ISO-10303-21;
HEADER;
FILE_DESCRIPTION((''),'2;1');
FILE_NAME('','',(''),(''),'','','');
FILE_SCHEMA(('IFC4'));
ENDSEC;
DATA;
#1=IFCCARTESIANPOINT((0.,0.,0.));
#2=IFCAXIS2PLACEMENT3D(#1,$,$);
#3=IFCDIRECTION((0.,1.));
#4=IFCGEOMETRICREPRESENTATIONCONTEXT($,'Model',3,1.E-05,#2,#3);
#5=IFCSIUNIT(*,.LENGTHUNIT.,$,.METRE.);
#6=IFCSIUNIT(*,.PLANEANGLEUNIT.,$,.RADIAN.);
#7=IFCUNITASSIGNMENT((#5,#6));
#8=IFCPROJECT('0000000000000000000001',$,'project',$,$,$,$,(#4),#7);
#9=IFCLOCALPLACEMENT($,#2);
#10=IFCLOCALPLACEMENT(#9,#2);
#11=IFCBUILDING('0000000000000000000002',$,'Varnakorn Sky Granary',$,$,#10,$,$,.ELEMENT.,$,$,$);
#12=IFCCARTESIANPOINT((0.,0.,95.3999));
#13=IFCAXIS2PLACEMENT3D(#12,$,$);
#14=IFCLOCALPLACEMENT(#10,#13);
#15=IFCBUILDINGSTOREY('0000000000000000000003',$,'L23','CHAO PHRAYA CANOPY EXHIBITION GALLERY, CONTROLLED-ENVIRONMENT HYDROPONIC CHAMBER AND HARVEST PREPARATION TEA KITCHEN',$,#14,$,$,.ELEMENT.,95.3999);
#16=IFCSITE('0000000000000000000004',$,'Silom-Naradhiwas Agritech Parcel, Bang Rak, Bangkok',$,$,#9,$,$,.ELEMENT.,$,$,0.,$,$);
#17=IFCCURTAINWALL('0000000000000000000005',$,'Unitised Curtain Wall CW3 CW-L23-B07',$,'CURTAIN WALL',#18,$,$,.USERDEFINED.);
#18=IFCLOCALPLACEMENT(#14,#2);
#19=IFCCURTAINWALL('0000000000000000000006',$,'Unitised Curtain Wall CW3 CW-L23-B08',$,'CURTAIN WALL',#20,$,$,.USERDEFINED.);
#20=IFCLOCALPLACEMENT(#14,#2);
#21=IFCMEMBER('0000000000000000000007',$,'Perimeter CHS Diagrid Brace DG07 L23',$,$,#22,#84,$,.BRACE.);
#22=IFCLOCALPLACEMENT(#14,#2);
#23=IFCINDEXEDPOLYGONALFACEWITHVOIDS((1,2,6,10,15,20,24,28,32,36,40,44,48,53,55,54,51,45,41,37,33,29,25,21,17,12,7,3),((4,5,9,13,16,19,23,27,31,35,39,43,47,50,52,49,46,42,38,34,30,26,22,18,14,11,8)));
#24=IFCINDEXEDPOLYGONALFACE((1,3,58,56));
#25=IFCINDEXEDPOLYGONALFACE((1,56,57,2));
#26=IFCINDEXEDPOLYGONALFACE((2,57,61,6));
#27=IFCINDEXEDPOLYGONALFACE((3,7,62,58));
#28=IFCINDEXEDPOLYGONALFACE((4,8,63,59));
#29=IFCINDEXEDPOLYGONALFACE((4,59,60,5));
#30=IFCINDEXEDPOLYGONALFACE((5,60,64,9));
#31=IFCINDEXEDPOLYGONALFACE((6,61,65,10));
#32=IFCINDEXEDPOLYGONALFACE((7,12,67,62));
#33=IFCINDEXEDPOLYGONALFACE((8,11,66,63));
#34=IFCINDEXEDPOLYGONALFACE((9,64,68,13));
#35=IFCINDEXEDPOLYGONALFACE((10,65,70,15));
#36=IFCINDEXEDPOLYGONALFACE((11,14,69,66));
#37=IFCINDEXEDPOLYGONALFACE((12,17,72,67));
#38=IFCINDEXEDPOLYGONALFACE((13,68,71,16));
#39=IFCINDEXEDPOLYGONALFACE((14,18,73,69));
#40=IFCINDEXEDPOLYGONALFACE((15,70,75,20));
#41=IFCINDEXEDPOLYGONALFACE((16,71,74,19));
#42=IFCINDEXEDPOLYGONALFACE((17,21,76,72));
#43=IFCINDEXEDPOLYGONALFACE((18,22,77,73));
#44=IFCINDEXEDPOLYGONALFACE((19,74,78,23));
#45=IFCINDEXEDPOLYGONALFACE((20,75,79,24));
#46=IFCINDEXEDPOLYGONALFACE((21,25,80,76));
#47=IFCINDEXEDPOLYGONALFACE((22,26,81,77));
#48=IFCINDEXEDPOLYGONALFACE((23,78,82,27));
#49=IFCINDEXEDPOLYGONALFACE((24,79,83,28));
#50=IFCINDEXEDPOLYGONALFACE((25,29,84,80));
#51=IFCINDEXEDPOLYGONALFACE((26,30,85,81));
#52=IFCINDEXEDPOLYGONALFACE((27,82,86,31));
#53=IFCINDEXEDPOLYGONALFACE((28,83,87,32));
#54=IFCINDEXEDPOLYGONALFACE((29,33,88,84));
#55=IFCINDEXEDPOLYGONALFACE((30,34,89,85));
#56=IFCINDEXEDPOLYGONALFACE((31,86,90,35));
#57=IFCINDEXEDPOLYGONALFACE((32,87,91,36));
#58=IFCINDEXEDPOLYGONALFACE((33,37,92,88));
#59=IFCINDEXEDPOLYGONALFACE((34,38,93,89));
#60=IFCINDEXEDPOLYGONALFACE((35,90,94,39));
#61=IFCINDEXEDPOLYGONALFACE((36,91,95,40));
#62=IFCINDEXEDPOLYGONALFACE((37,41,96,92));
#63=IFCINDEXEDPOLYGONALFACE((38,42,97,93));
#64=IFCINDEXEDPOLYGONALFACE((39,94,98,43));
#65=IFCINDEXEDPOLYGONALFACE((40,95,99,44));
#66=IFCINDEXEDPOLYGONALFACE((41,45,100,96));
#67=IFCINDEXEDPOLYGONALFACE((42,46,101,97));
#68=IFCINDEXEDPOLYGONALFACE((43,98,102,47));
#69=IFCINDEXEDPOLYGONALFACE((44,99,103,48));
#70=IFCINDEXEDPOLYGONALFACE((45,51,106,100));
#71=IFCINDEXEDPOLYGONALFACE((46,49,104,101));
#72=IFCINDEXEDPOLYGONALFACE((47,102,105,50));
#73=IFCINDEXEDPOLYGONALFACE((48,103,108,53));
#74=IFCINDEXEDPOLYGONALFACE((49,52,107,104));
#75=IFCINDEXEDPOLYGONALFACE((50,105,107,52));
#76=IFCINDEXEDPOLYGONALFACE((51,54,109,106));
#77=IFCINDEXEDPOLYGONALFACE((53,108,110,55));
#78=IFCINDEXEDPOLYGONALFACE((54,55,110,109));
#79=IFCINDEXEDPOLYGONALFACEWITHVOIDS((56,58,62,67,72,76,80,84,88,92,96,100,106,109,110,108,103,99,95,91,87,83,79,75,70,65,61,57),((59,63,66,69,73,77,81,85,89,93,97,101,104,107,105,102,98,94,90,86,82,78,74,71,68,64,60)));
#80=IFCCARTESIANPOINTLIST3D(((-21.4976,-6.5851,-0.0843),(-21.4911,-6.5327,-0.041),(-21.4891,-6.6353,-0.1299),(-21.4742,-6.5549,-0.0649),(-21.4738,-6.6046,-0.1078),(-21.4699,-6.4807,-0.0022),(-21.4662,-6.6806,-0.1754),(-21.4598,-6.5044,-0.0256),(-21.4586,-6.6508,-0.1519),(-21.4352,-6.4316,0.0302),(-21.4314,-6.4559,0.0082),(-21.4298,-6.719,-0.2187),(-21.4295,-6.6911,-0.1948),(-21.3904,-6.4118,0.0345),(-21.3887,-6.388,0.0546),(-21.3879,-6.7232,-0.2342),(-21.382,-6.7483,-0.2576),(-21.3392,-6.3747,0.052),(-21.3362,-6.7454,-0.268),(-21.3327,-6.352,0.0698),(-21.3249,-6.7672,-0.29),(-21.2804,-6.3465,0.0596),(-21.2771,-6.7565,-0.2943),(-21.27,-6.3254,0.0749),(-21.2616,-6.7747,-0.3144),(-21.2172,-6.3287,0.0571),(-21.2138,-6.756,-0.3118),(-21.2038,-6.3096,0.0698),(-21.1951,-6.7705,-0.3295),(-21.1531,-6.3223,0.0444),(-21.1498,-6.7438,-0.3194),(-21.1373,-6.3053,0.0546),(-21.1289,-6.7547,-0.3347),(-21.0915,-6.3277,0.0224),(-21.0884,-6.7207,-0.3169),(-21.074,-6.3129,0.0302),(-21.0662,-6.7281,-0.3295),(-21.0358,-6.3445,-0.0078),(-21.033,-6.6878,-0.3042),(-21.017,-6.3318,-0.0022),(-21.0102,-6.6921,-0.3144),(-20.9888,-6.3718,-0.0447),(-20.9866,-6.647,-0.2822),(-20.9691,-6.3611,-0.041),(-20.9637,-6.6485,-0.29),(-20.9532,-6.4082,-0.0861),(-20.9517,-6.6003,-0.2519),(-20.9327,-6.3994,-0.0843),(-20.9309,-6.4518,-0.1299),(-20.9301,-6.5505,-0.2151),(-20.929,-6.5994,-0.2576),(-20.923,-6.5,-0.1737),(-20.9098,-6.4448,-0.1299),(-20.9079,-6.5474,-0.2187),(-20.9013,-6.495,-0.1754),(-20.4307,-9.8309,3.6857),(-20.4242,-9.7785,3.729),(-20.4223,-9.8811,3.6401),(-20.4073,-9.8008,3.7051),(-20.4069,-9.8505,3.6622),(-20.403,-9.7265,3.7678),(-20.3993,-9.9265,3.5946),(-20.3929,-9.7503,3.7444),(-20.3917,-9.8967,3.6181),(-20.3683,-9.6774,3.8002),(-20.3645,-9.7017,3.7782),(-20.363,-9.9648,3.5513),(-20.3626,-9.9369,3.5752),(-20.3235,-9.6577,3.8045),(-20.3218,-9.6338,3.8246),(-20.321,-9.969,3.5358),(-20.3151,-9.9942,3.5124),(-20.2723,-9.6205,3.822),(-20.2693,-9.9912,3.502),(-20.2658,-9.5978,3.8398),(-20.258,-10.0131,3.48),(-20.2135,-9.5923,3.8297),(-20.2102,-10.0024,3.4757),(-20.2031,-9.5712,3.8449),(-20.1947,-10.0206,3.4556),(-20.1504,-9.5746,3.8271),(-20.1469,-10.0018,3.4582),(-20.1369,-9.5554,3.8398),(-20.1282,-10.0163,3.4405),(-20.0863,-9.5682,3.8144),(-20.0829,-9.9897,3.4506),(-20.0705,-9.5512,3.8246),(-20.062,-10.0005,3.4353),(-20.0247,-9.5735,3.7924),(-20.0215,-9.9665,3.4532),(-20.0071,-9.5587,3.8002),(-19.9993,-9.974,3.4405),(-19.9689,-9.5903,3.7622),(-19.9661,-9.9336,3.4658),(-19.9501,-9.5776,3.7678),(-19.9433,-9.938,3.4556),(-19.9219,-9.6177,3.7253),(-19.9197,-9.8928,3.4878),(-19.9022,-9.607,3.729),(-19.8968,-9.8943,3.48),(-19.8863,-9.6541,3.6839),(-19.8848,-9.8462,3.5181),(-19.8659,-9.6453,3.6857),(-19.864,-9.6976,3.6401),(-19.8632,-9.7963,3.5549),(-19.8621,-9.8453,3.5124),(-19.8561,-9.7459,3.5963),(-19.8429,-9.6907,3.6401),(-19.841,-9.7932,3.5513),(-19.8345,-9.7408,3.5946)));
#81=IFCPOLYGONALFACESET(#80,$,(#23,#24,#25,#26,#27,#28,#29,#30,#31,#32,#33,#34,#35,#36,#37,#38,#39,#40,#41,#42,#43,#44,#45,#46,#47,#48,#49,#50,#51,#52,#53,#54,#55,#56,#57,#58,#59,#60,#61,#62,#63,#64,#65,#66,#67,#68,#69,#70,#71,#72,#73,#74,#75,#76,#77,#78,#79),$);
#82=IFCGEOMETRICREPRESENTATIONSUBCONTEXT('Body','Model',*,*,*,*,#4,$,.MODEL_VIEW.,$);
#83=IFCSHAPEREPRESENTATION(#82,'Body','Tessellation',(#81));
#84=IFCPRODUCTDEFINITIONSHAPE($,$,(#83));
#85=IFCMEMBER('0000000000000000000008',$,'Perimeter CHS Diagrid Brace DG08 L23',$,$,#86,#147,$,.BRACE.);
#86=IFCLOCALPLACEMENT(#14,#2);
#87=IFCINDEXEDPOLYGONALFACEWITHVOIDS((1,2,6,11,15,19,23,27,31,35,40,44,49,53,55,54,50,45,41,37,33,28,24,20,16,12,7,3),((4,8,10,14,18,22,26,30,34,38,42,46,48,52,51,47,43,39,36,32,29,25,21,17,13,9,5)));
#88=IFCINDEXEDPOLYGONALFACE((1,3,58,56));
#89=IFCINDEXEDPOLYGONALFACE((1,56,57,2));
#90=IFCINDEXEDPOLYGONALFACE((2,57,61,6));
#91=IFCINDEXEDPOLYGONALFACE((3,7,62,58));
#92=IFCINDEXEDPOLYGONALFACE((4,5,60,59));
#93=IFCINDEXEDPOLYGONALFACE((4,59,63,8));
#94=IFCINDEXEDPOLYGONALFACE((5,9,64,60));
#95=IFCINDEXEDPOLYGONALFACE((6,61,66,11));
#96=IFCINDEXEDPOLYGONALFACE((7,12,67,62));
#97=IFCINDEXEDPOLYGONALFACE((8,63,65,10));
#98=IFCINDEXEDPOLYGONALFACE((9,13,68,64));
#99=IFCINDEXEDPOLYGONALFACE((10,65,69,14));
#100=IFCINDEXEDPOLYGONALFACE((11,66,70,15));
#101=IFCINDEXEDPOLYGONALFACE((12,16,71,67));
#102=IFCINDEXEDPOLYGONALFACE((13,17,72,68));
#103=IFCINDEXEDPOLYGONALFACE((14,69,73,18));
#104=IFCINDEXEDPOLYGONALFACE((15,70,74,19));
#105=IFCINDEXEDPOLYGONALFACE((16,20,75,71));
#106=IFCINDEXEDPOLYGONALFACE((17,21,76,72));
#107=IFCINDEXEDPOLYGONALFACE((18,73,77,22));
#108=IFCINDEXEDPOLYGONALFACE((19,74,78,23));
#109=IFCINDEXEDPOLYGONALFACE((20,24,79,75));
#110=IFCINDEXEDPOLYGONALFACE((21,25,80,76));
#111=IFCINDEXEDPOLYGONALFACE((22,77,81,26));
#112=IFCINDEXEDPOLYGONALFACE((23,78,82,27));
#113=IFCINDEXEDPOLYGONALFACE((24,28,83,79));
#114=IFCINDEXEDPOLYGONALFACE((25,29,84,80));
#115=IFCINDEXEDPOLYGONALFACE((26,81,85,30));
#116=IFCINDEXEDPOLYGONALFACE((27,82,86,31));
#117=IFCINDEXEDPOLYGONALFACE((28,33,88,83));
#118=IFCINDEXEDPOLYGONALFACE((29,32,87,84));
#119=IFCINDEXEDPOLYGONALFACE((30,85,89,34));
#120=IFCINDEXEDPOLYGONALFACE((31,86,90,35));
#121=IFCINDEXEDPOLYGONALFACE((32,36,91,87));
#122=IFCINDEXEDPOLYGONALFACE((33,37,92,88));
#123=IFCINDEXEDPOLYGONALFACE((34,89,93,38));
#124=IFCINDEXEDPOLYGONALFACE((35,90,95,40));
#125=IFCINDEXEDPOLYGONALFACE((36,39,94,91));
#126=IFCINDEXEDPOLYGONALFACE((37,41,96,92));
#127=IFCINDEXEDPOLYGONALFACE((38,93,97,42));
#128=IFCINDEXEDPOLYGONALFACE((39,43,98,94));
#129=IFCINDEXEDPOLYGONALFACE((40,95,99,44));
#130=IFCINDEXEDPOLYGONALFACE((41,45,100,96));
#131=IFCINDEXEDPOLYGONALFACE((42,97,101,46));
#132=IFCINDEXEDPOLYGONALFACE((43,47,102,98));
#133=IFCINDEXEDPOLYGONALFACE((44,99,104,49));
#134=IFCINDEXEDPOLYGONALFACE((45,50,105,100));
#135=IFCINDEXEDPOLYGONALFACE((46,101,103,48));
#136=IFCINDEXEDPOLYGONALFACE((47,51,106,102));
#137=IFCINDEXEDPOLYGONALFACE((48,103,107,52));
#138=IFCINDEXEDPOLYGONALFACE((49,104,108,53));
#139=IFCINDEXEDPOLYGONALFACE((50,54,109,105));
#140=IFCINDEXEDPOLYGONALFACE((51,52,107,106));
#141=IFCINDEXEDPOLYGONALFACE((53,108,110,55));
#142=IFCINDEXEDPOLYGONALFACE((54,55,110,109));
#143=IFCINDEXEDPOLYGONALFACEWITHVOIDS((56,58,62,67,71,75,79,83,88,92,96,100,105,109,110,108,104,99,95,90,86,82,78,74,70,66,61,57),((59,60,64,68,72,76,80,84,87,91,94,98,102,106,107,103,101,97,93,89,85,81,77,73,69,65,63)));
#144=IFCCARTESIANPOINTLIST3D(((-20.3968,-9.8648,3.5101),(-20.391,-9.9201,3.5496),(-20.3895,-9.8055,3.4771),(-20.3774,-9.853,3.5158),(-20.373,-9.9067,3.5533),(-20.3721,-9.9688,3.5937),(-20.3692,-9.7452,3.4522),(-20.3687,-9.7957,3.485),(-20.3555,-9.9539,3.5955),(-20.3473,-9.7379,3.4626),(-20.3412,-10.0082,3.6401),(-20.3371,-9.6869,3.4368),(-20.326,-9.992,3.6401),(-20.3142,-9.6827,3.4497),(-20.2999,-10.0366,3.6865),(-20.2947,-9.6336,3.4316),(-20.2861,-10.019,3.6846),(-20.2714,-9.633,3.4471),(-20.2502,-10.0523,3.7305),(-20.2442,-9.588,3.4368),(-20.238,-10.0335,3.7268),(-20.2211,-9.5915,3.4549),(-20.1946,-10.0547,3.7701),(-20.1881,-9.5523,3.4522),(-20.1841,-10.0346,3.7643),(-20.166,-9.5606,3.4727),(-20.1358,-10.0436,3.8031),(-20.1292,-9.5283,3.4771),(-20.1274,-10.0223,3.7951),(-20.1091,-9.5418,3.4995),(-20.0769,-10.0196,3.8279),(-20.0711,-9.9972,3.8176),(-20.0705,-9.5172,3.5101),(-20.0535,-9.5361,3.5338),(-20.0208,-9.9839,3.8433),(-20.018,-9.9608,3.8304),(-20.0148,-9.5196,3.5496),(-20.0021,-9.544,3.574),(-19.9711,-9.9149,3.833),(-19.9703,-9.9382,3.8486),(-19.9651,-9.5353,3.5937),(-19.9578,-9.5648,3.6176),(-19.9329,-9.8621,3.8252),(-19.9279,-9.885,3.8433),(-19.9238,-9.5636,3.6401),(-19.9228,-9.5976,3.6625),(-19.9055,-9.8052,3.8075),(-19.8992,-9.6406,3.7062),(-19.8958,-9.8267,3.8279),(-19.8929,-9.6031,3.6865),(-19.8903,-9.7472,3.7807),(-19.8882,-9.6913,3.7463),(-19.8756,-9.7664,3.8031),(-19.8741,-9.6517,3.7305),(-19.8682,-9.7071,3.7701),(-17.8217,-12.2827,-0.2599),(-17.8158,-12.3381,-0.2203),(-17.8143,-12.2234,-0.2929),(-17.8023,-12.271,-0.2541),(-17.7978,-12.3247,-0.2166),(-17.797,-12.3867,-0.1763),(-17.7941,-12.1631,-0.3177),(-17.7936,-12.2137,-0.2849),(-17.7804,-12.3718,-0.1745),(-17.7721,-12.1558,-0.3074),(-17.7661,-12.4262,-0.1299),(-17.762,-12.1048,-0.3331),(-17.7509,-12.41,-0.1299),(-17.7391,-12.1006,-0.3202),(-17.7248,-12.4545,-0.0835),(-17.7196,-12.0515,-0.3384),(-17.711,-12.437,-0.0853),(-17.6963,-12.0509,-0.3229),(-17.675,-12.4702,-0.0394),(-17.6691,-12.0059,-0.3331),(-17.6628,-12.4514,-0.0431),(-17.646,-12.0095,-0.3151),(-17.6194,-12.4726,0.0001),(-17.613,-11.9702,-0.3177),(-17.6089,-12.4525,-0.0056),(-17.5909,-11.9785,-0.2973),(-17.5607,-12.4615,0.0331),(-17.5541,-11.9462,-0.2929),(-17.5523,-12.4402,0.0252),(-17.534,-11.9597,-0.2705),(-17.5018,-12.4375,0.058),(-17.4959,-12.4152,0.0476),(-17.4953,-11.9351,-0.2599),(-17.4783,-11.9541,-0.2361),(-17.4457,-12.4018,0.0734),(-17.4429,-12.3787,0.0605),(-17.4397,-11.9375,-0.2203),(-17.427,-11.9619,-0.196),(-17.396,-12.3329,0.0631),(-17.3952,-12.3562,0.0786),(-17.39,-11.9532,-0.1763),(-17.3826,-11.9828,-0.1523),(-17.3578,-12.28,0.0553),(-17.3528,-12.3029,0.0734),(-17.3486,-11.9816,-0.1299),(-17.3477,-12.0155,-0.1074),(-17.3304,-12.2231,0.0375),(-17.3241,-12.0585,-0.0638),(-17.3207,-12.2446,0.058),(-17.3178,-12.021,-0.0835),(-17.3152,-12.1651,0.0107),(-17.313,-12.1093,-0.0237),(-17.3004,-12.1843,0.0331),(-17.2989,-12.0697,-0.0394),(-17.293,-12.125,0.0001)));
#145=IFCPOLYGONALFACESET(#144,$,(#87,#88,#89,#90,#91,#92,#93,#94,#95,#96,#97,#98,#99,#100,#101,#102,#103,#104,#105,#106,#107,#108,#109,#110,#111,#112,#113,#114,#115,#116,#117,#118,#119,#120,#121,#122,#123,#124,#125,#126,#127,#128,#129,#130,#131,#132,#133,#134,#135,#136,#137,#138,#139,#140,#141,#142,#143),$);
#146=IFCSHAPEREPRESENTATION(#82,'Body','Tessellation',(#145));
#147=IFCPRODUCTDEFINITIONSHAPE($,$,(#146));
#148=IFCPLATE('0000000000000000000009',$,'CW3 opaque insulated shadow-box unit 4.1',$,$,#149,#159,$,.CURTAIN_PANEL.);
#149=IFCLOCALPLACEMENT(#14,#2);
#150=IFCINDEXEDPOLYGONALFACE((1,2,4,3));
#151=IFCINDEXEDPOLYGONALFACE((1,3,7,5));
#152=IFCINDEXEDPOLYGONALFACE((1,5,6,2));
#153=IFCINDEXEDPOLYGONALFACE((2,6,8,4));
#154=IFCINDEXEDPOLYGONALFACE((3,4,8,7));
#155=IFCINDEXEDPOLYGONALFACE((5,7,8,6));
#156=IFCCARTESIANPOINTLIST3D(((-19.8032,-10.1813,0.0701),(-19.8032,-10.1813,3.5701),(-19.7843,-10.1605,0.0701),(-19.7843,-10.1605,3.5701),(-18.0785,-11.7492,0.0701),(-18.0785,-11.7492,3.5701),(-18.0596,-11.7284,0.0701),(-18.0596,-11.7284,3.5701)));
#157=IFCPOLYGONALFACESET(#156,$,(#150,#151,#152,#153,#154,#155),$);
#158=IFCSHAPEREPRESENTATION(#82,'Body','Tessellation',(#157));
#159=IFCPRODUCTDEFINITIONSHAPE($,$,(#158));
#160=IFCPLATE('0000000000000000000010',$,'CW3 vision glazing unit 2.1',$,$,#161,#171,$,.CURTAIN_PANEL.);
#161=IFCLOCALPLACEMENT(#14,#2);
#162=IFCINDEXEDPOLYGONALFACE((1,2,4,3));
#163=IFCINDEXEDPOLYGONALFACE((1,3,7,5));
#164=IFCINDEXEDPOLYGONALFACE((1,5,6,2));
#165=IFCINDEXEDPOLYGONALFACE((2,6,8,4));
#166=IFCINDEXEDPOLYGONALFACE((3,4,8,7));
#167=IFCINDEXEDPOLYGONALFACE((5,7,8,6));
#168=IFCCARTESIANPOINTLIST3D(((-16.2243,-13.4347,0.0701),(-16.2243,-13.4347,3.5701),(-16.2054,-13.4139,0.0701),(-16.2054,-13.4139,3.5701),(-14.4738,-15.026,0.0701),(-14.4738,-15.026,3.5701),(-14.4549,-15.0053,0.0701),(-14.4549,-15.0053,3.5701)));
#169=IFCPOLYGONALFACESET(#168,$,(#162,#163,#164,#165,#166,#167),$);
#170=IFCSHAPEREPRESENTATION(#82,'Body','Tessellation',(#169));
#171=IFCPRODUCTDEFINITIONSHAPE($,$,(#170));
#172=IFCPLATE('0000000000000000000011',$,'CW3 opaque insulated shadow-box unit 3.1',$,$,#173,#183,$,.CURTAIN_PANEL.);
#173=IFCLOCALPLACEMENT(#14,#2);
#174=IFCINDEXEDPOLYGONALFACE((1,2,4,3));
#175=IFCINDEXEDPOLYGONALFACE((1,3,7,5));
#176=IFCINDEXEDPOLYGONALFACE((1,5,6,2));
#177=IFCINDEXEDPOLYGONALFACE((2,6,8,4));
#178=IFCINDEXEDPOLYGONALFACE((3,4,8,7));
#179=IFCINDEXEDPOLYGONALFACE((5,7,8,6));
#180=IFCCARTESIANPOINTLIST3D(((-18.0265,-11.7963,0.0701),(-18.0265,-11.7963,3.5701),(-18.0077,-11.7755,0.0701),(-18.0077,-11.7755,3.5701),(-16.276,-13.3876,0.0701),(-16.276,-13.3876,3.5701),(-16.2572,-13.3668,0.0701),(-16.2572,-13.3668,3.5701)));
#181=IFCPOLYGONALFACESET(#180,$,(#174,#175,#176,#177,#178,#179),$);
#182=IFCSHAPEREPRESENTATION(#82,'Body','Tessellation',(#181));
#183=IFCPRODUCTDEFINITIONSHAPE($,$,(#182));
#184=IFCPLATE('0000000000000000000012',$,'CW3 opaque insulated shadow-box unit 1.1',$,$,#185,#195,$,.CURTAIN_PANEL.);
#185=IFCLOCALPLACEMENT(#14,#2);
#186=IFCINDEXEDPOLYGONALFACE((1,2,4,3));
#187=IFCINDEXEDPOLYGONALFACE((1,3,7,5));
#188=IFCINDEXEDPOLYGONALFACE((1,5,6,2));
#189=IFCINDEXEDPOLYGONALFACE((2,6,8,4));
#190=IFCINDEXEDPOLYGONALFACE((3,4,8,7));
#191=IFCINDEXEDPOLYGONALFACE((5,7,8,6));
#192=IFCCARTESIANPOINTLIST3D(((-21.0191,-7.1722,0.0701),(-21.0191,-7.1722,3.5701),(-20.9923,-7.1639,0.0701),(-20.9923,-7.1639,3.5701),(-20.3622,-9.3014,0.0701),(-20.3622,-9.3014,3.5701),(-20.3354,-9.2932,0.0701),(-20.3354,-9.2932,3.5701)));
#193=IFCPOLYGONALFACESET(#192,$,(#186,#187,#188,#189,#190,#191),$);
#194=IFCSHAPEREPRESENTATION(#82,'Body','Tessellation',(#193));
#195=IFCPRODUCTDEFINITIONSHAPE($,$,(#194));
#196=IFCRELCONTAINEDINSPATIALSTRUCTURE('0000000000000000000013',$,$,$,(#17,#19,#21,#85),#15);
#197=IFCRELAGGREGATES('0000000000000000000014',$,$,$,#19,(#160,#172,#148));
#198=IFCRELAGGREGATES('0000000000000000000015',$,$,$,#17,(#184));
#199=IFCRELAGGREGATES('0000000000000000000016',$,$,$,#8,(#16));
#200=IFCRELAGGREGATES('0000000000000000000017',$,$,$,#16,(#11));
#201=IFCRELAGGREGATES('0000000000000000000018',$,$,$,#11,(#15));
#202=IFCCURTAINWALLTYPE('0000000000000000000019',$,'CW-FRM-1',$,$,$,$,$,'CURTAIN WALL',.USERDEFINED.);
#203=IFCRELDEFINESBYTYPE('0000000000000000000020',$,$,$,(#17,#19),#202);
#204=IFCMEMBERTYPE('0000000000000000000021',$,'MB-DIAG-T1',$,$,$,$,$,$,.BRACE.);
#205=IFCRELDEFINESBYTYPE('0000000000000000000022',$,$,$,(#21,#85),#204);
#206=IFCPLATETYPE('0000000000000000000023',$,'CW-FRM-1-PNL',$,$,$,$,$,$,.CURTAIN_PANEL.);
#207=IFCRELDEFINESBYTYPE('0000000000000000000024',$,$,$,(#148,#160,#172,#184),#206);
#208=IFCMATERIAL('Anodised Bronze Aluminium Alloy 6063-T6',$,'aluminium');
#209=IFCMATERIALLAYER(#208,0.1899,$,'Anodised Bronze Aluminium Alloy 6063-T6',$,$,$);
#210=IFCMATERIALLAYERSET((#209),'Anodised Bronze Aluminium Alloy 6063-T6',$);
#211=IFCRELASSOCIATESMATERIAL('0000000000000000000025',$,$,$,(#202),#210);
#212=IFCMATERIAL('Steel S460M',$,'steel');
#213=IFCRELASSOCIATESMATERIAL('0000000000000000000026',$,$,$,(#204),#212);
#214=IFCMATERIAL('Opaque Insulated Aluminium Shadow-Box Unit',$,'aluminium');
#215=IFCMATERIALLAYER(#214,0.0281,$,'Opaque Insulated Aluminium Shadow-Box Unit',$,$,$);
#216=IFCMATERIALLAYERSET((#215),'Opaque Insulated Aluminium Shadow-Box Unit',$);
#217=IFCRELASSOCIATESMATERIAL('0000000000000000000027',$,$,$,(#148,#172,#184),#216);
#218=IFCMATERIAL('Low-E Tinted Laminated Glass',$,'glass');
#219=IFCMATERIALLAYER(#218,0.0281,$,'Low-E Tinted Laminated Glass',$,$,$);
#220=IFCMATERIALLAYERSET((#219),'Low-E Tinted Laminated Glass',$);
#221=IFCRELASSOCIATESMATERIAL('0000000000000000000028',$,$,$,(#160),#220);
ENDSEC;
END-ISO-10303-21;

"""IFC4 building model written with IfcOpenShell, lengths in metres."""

from ifc_helpers import new_model, si_unit, direction, frame, origin, origin_2d, place, context, subcontext, project, spatial, rectangle, hollow_circle, extrude, source, transform, mapped, material, layer, layer_set, material_profile, profile_set, type_object, element, aggregate, save


model = new_model("IFC4")

# Units and contexts
model_context = context("Model", 3, precision=1e-05, world=origin(), true_north=direction((0.0, 1.0)))
body_context = subcontext(model_context, "Body", "Model", "MODEL_VIEW")
ifc_project = project(units=[si_unit("LENGTHUNIT", "METRE"), si_unit("PLANEANGLEUNIT", "RADIAN")], contexts=[model_context])

# Site, building, storey
site_placement = place(None, origin())
site = spatial("IfcSite", under=ifc_project, at=site_placement, Name="Silom-Naradhiwas Agritech Parcel, Bang Rak, Bangkok", CompositionType="ELEMENT", RefElevation=0.0)
building_placement = place(site_placement, origin())
building = spatial("IfcBuilding", under=site, at=building_placement, Name="Varnakorn Sky Granary", CompositionType="ELEMENT")
storey_placement = place(building_placement, frame((0.0, 0.0, 95.3999)))
storey = spatial("IfcBuildingStorey", under=building, at=storey_placement, Name="L23", Description="CHAO PHRAYA CANOPY EXHIBITION GALLERY, CONTROLLED-ENVIRONMENT HYDROPONIC CHAMBER AND HARVEST PREPARATION TEA KITCHEN", CompositionType="ELEMENT", Elevation=95.3999)

# Shared definitions
ifc_material_1 = material(Name="Steel S460M", Category="steel")

# Curtain walls
ifc_material_2 = material(Name="Anodised Bronze Aluminium Alloy 6063-T6", Category="aluminium")
ifc_layer_1 = layer(ifc_material_2, 0.1899, Name="Anodised Bronze Aluminium Alloy 6063-T6")
ifc_layer_set_1 = layer_set([ifc_layer_1], Name="Anodised Bronze Aluminium Alloy 6063-T6")
curtain_wall_type = type_object("IfcCurtainWallType", Name="CW-FRM-1", ElementType="CURTAIN WALL", PredefinedType="USERDEFINED", material=ifc_layer_set_1)
curtain_wall_1_placement = place(storey_placement, origin())
curtain_wall_1 = element("IfcCurtainWall", 1, at=curtain_wall_1_placement, inside=storey, type_object=curtain_wall_type, Name="Unitised Curtain Wall CW3 CW-L23-B07", ObjectType="CURTAIN WALL", PredefinedType="USERDEFINED")
curtain_wall_2_placement = place(storey_placement, origin())
curtain_wall_2 = element("IfcCurtainWall", 2, at=curtain_wall_2_placement, inside=storey, type_object=curtain_wall_type, Name="Unitised Curtain Wall CW3 CW-L23-B08", ObjectType="CURTAIN WALL", PredefinedType="USERDEFINED")

# Members
ifc_material_profile_1 = material_profile(ifc_material_1, hollow_circle(Radius=0.3049, WallThickness=0.0222, at=origin_2d()), Name="CHS 610x22")
ifc_profile_set_1 = profile_set([ifc_material_profile_1], Name="Steel S460M")
member_type_1 = type_object("IfcMemberType", Name="MB-DIAG-T1", PredefinedType="BRACE", material=ifc_profile_set_1)
member_1_placement = place(storey_placement, frame((-21.1995, -6.54, -0.1299), z_axis=(0.209692, -0.637953, 0.740976), x_axis=(0.949997, 0.312259, 0.0)))
element("IfcMember", 3, at=member_1_placement, inside=storey, type_object=member_type_1, Name="Perimeter CHS Diagrid Brace DG07 L23", PredefinedType="BRACE", context=body_context, shape_type="SweptSolid", body=[
    extrude(hollow_circle(Radius=0.3049, WallThickness=0.0222, at=origin_2d()), origin(), (0.0, 0.0, 1.0), 5.0879),
])
member_2_placement = place(storey_placement, frame((-17.5574, -12.2039, -0.1299), z_axis=(-0.498455, 0.468022, 0.729725), x_axis=(-0.684502, -0.729011, 0.0)))
element("IfcMember", 4, at=member_2_placement, inside=storey, type_object=member_type_1, Name="Perimeter CHS Diagrid Brace DG08 L23", PredefinedType="BRACE", context=body_context, shape_type="SweptSolid", body=[
    extrude(hollow_circle(Radius=0.3049, WallThickness=0.0222, at=origin_2d()), origin(), (0.0, 0.0, 1.0), 5.1663),
])

# Plates
ifc_material_3 = material(Name="Opaque Insulated Aluminium Shadow-Box Unit", Category="aluminium")
ifc_layer_2 = layer(ifc_material_3, 0.0281, Name="Opaque Insulated Aluminium Shadow-Box Unit")
ifc_layer_set_2 = layer_set([ifc_layer_2], Name="Opaque Insulated Aluminium Shadow-Box Unit")
plate_type = type_object("IfcPlateType", Name="CW-FRM-1-PNL", PredefinedType="CURTAIN_PANEL")
shared_shape_1 = source(origin(), body_context, "Body", "SweptSolid", [
    extrude(rectangle(XDim=2.3308, YDim=0.0281, at=origin_2d()), origin(), (0.0, 0.0, 1.0), 3.5),
])
plate_1_placement = place(storey_placement, frame((-18.9314, -10.9548, 0.0701), z_axis=(0.0, 0.0, 1.0), x_axis=(-0.739941, 0.672672, 0.0)))
plate_1 = element("IfcPlate", 5, at=plate_1_placement, type_object=plate_type, material=ifc_layer_set_2, Name="CW3 opaque insulated shadow-box unit 4.1", PredefinedType="CURTAIN_PANEL", context=body_context, shape_type="MappedRepresentation", body=[
    mapped(shared_shape_1, transform((0.0, 0.0, 0.0), x_axis=(1.0, 0.0, 0.0), y_axis=(0.0, 1.0, 0.0), z_axis=(0.0, 0.0, 1.0), scale=1.0)),
])
ifc_material_4 = material(Name="Low-E Tinted Laminated Glass", Category="glass")
ifc_layer_3 = layer(ifc_material_4, 0.0281, Name="Low-E Tinted Laminated Glass")
ifc_layer_set_3 = layer_set([ifc_layer_3], Name="Low-E Tinted Laminated Glass")
shared_shape_2 = source(origin(), body_context, "Body", "SweptSolid", [
    extrude(rectangle(XDim=2.3657, YDim=0.0281, at=origin_2d()), origin(), (0.0, 0.0, 1.0), 3.5),
])
plate_2_placement = place(storey_placement, frame((-15.3396, -14.22, 0.0701), z_axis=(0.0, 0.0, 1.0), x_axis=(-0.739941, 0.672672, 0.0)))
plate_2 = element("IfcPlate", 6, at=plate_2_placement, type_object=plate_type, material=ifc_layer_set_3, Name="CW3 vision glazing unit 2.1", PredefinedType="CURTAIN_PANEL", context=body_context, shape_type="MappedRepresentation", body=[
    mapped(shared_shape_2, transform((0.0, 0.0, 0.0), x_axis=(1.0, 0.0, 0.0), y_axis=(0.0, 1.0, 0.0), z_axis=(0.0, 0.0, 1.0), scale=1.0)),
])
plate_3_placement = place(storey_placement, frame((-17.1418, -12.5815, 0.0701), z_axis=(0.0, 0.0, 1.0), x_axis=(-0.739941, 0.672672, 0.0)))
plate_3 = element("IfcPlate", 7, at=plate_3_placement, type_object=plate_type, material=ifc_layer_set_2, Name="CW3 opaque insulated shadow-box unit 3.1", PredefinedType="CURTAIN_PANEL", context=body_context, shape_type="MappedRepresentation", body=[
    mapped(shared_shape_2, transform((0.0, 0.0, 0.0), x_axis=(1.0, 0.0, 0.0), y_axis=(0.0, 1.0, 0.0), z_axis=(0.0, 0.0, 1.0), scale=1.0)),
])
aggregate(curtain_wall_2, [plate_2, plate_3, plate_1])
shared_shape_3 = source(origin(), body_context, "Body", "SweptSolid", [
    extrude(rectangle(XDim=2.2283, YDim=0.0281, at=origin_2d()), origin(), (0.0, 0.0, 1.0), 3.5),
])
plate_4_placement = place(storey_placement, frame((-20.6772, -8.2327, 0.0701), z_axis=(0.0, 0.0, 1.0), x_axis=(-0.294798, 0.95556, 0.0)))
plate_4 = element("IfcPlate", 8, at=plate_4_placement, type_object=plate_type, material=ifc_layer_set_2, Name="CW3 opaque insulated shadow-box unit 1.1", PredefinedType="CURTAIN_PANEL", context=body_context, shape_type="MappedRepresentation", body=[
    mapped(shared_shape_3, transform((0.0, 0.0, 0.0), x_axis=(1.0, 0.0, 0.0), y_axis=(0.0, 1.0, 0.0), z_axis=(0.0, 0.0, 1.0), scale=1.0)),
])
aggregate(curtain_wall_1, [plate_4])

save(model, "model.ifc")
